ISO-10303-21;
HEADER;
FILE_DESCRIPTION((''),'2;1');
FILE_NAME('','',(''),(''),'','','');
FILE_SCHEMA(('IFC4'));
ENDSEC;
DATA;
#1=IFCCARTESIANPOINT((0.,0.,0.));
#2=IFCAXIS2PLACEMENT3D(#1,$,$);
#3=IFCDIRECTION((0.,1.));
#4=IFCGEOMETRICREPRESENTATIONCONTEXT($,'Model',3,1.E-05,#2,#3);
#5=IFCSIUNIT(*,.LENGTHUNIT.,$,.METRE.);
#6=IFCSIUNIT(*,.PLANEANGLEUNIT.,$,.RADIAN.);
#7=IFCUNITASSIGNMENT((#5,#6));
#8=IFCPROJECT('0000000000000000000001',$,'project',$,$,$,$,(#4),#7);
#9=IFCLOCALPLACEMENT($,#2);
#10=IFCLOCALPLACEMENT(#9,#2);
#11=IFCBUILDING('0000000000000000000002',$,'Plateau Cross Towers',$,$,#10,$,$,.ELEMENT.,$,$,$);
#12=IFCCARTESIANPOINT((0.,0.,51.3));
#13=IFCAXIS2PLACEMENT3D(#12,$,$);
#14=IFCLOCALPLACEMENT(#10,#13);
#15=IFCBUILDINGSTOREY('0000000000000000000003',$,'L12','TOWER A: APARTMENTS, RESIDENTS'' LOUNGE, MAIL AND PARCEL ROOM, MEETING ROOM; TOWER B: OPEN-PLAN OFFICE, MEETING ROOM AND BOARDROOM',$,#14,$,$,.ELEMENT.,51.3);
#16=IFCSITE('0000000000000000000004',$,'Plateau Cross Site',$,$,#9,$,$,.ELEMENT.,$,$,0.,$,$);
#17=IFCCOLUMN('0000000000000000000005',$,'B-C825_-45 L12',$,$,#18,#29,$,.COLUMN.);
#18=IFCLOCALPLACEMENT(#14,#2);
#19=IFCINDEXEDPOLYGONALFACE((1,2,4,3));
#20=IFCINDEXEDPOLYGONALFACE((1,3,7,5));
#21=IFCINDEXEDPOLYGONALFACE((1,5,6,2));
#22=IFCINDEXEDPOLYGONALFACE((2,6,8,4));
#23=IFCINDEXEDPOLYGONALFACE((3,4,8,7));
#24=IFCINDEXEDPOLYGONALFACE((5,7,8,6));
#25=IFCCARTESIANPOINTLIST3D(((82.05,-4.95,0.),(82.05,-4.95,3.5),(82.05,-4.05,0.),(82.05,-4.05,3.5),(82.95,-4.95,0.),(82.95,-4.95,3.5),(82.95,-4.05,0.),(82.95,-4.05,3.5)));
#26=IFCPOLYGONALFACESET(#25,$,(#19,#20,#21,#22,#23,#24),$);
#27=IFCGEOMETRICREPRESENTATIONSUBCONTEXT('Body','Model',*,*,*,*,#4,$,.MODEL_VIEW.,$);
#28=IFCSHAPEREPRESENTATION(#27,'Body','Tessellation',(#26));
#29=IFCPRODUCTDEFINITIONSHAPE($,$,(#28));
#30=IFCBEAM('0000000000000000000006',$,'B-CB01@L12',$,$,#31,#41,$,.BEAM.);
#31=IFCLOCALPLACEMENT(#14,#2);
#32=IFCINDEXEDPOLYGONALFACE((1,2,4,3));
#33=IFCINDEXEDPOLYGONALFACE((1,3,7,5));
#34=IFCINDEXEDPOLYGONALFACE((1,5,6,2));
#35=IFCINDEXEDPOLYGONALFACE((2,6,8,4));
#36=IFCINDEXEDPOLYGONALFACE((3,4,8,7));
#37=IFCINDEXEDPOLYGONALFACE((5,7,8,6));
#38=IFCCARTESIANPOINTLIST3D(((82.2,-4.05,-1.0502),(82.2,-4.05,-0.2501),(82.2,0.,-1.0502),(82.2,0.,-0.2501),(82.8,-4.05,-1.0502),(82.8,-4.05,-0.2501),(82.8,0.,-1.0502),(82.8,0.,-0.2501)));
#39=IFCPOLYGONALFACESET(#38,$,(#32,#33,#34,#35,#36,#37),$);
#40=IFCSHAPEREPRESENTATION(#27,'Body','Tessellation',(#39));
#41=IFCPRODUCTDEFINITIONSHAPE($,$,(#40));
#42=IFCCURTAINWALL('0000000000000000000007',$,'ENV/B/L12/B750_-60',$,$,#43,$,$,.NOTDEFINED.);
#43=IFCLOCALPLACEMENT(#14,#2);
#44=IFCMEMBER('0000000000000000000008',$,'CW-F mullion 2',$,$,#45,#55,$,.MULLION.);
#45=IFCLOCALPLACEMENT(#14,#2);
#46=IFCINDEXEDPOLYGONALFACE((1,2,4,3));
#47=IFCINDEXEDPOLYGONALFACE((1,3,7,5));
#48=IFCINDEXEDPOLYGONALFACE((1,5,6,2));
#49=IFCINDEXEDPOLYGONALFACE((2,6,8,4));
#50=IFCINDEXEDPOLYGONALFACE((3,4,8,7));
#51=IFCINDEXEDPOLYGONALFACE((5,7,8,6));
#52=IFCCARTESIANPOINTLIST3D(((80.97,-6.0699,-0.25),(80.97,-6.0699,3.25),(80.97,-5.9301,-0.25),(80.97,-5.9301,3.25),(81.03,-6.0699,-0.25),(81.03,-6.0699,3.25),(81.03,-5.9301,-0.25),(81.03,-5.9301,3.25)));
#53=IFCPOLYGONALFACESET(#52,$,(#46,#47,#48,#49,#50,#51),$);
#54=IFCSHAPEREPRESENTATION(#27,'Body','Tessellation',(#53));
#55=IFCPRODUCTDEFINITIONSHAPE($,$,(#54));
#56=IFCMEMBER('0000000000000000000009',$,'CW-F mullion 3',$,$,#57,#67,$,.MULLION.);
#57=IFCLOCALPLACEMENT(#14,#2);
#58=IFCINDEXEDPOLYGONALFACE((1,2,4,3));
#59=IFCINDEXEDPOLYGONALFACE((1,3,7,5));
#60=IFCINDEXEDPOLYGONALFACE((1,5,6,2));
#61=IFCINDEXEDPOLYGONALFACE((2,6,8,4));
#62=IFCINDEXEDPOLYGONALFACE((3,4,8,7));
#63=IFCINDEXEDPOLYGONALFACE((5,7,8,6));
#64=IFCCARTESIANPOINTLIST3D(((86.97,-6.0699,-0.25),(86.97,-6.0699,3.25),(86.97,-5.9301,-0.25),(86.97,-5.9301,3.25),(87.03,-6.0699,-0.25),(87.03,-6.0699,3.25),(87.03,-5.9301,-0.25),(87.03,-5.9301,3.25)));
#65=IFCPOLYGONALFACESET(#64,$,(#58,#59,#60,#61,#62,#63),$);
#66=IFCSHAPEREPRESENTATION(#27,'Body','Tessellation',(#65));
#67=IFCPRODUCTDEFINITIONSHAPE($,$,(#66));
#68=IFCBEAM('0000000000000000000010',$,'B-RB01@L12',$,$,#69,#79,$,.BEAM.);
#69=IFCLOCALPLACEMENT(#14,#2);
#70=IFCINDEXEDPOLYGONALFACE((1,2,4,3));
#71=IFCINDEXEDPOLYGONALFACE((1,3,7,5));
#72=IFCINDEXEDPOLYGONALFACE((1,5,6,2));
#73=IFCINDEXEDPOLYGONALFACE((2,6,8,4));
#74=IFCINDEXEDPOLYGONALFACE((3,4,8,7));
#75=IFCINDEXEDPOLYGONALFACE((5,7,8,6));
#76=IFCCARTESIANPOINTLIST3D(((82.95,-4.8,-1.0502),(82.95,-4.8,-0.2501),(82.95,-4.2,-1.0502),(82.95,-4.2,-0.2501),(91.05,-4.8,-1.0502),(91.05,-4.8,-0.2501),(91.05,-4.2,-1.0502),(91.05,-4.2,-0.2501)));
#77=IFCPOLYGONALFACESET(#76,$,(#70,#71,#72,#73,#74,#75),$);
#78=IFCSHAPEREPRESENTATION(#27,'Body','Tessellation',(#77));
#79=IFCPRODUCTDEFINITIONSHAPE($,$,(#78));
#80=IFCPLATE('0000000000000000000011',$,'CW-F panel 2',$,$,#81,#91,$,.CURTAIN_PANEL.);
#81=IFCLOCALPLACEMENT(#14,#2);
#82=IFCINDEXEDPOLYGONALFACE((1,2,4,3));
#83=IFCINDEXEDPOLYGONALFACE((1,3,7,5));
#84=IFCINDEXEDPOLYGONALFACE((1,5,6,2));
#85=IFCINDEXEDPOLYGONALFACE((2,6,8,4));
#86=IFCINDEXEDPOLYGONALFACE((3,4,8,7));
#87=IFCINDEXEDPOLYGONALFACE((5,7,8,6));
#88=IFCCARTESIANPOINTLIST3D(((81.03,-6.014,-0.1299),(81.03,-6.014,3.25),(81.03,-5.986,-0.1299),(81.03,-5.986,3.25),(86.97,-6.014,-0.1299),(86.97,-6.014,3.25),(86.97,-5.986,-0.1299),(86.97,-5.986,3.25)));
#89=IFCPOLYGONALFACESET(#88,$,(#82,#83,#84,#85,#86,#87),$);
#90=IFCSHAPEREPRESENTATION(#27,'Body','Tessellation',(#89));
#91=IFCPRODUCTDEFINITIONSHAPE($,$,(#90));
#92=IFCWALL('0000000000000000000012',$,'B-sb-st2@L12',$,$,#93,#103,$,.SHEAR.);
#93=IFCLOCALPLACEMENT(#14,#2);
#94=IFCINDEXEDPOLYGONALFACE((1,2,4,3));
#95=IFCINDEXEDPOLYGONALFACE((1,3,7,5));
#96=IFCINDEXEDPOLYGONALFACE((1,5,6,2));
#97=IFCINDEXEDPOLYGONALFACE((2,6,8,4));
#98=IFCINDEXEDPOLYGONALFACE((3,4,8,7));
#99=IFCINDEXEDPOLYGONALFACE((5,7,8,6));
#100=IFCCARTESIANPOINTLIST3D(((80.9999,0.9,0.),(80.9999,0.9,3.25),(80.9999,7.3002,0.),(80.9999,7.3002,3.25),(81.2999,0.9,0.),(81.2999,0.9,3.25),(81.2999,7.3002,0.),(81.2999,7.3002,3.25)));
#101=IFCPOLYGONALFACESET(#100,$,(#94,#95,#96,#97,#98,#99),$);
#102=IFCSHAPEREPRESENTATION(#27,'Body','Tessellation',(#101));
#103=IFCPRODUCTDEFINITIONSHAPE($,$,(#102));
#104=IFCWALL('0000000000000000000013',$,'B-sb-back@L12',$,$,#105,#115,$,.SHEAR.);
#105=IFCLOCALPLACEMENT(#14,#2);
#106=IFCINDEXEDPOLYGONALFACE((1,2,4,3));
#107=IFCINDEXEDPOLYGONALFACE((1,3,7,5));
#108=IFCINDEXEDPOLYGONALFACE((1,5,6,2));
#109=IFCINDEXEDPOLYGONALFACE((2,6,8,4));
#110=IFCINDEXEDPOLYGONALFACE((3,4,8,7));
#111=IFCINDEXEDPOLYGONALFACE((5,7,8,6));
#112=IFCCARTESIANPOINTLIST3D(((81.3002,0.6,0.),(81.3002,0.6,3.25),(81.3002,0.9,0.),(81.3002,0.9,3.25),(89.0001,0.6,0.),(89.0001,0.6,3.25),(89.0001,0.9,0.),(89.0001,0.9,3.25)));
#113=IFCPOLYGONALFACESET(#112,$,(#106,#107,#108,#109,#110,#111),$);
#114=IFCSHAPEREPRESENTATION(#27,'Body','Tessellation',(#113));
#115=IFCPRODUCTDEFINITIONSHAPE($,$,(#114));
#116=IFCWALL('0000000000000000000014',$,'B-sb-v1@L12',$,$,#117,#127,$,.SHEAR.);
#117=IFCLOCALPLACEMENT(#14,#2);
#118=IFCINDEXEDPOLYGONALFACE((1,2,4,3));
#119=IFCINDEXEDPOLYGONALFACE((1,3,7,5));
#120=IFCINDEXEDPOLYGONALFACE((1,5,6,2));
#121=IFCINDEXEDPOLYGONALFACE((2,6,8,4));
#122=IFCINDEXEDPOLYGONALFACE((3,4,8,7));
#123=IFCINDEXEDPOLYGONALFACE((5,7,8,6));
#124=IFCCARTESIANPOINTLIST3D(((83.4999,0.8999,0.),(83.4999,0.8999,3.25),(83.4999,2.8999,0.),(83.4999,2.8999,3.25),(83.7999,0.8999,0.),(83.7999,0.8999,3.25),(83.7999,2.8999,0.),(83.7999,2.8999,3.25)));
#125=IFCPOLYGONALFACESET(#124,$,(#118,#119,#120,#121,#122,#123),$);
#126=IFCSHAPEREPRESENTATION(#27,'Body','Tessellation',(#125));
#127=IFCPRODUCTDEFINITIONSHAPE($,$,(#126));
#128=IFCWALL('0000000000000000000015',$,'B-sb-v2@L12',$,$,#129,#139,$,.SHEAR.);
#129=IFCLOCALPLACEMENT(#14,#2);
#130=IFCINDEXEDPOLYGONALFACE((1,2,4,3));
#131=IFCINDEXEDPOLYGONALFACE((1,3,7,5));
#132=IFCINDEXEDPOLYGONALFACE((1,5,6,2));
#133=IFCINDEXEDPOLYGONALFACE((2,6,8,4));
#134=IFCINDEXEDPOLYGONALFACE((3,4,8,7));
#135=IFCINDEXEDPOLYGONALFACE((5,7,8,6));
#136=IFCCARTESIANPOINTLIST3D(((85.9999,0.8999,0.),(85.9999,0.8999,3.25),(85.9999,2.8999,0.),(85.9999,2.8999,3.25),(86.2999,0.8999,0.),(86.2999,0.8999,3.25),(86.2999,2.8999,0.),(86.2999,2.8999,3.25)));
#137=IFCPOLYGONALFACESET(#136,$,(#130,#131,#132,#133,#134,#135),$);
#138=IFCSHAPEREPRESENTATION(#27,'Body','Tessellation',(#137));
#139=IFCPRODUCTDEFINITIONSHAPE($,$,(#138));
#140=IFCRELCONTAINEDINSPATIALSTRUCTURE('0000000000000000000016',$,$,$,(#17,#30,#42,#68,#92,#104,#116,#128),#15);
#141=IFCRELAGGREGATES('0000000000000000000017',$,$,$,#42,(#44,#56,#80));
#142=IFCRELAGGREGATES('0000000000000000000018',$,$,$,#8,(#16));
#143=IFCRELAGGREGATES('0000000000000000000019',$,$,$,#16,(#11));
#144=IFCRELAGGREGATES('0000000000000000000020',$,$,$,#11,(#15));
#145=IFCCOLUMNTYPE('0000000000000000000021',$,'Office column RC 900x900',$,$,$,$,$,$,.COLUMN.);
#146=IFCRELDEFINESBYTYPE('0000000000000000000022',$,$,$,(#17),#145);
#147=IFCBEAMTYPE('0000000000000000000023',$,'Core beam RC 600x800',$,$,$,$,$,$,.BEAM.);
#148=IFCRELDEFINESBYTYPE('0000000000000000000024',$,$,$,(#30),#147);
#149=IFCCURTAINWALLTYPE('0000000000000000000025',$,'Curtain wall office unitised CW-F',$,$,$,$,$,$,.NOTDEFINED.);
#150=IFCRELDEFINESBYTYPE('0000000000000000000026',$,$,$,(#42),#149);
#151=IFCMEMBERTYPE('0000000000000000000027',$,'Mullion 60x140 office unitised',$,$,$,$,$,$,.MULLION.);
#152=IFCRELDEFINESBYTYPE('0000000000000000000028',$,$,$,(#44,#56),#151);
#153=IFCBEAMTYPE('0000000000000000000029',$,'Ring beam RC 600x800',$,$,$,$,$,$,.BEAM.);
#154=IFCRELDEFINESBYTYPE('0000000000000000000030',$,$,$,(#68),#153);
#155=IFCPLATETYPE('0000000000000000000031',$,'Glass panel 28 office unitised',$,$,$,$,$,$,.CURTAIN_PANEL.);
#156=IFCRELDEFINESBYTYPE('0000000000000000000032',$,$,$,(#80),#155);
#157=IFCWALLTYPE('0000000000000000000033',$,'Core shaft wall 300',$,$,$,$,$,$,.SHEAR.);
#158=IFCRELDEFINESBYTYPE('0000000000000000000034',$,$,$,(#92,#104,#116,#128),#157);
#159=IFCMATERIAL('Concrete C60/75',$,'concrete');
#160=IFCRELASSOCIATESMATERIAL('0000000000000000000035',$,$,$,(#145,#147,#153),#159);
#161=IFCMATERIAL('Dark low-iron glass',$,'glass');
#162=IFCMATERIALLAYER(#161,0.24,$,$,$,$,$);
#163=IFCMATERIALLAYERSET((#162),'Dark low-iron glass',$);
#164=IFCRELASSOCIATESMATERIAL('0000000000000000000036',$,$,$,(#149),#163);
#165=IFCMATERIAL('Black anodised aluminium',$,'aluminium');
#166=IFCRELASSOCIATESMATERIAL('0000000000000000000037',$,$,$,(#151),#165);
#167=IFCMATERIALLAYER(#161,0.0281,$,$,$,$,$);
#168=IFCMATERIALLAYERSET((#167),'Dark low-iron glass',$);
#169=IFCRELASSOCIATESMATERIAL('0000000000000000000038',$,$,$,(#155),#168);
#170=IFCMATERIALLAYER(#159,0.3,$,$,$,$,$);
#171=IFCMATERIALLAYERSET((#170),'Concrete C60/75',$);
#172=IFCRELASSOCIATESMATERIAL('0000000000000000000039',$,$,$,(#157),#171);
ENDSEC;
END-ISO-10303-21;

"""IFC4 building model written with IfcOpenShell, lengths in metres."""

from ifc_helpers import new_model, si_unit, direction, frame, frame_2d, origin, origin_2d, place, context, subcontext, project, spatial, rectangle, extrude, material, layer, layer_set, material_profile, profile_set, type_object, element, aggregate, save


model = new_model("IFC4")

# Units and contexts
model_context = context("Model", 3, precision=1e-05, world=origin(), true_north=direction((0.0, 1.0)))
body_context = subcontext(model_context, "Body", "Model", "MODEL_VIEW")
ifc_project = project(units=[si_unit("LENGTHUNIT", "METRE"), si_unit("PLANEANGLEUNIT", "RADIAN")], contexts=[model_context])

# Site, building, storey
site_placement = place(None, origin())
site = spatial("IfcSite", under=ifc_project, at=site_placement, Name="Plateau Cross Site", CompositionType="ELEMENT", RefElevation=0.0)
building_placement = place(site_placement, origin())
building = spatial("IfcBuilding", under=site, at=building_placement, Name="Plateau Cross Towers", CompositionType="ELEMENT")
storey_placement = place(building_placement, frame((0.0, 0.0, 51.3)))
storey = spatial("IfcBuildingStorey", under=building, at=storey_placement, Name="L12", Description="TOWER A: APARTMENTS, RESIDENTS' LOUNGE, MAIL AND PARCEL ROOM, MEETING ROOM; TOWER B: OPEN-PLAN OFFICE, MEETING ROOM AND BOARDROOM", CompositionType="ELEMENT", Elevation=51.3)

# Column
ifc_material_1 = material(Name="Concrete C60/75", Category="concrete")
ifc_material_profile_1 = material_profile(ifc_material_1, rectangle(XDim=0.8999, YDim=0.8999, at=origin_2d()), Name="RC 900x900")
ifc_profile_set_1 = profile_set([ifc_material_profile_1], Name="Concrete C60/75")
column_type = type_object("IfcColumnType", Name="Office column RC 900x900", PredefinedType="COLUMN", material=ifc_profile_set_1)
column_placement = place(storey_placement, frame((82.5, -4.5, 0.0), z_axis=(0.0, 0.0, 1.0), x_axis=(1.0, 0.0, 0.0)))
element("IfcColumn", 1, at=column_placement, inside=storey, type_object=column_type, Name="B-C825_-45 L12", PredefinedType="COLUMN", context=body_context, shape_type="SweptSolid", body=[
    extrude(rectangle(XDim=0.8999, YDim=0.8999, at=origin_2d()), origin(), (0.0, 0.0, 1.0), 3.5),
])

# Beam
ifc_material_profile_2 = material_profile(ifc_material_1, rectangle(XDim=0.6001, YDim=0.8, at=origin_2d()), Name="RC 600x800")
ifc_profile_set_2 = profile_set([ifc_material_profile_2], Name="Concrete C60/75")
beam_type_1 = type_object("IfcBeamType", Name="Core beam RC 600x800", PredefinedType="BEAM", material=ifc_profile_set_2)
beam_1_placement = place(storey_placement, frame((82.5, 0.0, -0.6501), z_axis=(0.0, -1.0, 0.0), x_axis=(1.0, 0.0, 0.0)))
element("IfcBeam", 2, at=beam_1_placement, inside=storey, type_object=beam_type_1, Name="B-CB01@L12", PredefinedType="BEAM", context=body_context, shape_type="SweptSolid", body=[
    extrude(rectangle(XDim=0.6001, YDim=0.8, at=origin_2d()), origin(), (0.0, 0.0, 1.0), 4.05),
])

# Curtain wall, members
ifc_material_2 = material(Name="Dark low-iron glass", Category="glass")
ifc_layer_1 = layer(ifc_material_2, 0.24)
ifc_layer_set_1 = layer_set([ifc_layer_1], Name="Dark low-iron glass")
curtain_wall_type = type_object("IfcCurtainWallType", Name="Curtain wall office unitised CW-F", PredefinedType="NOTDEFINED", material=ifc_layer_set_1)
curtain_wall_placement = place(storey_placement, origin())
curtain_wall = element("IfcCurtainWall", 3, at=curtain_wall_placement, inside=storey, type_object=curtain_wall_type, Name="ENV/B/L12/B750_-60", PredefinedType="NOTDEFINED")
ifc_material_3 = material(Name="Black anodised aluminium", Category="aluminium")
ifc_material_profile_3 = material_profile(ifc_material_3, rectangle(XDim=0.0601, YDim=0.1399, at=origin_2d()), Name="MULLION 60x140")
ifc_profile_set_3 = profile_set([ifc_material_profile_3], Name="Black anodised aluminium")
member_type = type_object("IfcMemberType", Name="Mullion 60x140 office unitised", PredefinedType="MULLION", material=ifc_profile_set_3)
member_1_placement = place(storey_placement, frame((81.0, -6.0, -0.25), z_axis=(0.0, 0.0, 1.0), x_axis=(1.0, 0.0, 0.0)))
member_1 = element("IfcMember", 4, at=member_1_placement, type_object=member_type, Name="CW-F mullion 2", PredefinedType="MULLION", context=body_context, shape_type="SweptSolid", body=[
    extrude(rectangle(XDim=0.0601, YDim=0.1399, at=origin_2d()), origin(), (0.0, 0.0, 1.0), 3.5),
])
member_2_placement = place(storey_placement, frame((87.0, -6.0, -0.25), z_axis=(0.0, 0.0, 1.0), x_axis=(1.0, 0.0, 0.0)))
member_2 = element("IfcMember", 5, at=member_2_placement, type_object=member_type, Name="CW-F mullion 3", PredefinedType="MULLION", context=body_context, shape_type="SweptSolid", body=[
    extrude(rectangle(XDim=0.0601, YDim=0.1399, at=origin_2d()), origin(), (0.0, 0.0, 1.0), 3.5),
])

# Beam
ifc_material_profile_4 = material_profile(ifc_material_1, rectangle(XDim=0.6001, YDim=0.8, at=origin_2d()), Name="RC 600x800")
ifc_profile_set_4 = profile_set([ifc_material_profile_4], Name="Concrete C60/75")
beam_type_2 = type_object("IfcBeamType", Name="Ring beam RC 600x800", PredefinedType="BEAM", material=ifc_profile_set_4)
beam_2_placement = place(storey_placement, frame((82.95, -4.5, -0.6501), z_axis=(1.0, 0.0, 0.0), x_axis=(0.0, 1.0, 0.0)))
element("IfcBeam", 6, at=beam_2_placement, inside=storey, type_object=beam_type_2, Name="B-RB01@L12", PredefinedType="BEAM", context=body_context, shape_type="SweptSolid", body=[
    extrude(rectangle(XDim=0.6001, YDim=0.8, at=origin_2d()), origin(), (0.0, 0.0, 1.0), 8.1001),
])

# Plate
ifc_layer_2 = layer(ifc_material_2, 0.0281)
ifc_layer_set_2 = layer_set([ifc_layer_2], Name="Dark low-iron glass")
plate_type = type_object("IfcPlateType", Name="Glass panel 28 office unitised", PredefinedType="CURTAIN_PANEL", material=ifc_layer_set_2)
plate_placement = place(storey_placement, frame((84.0, -6.0, -0.1299), z_axis=(0.0, 0.0, 1.0), x_axis=(1.0, 0.0, 0.0)))
plate = element("IfcPlate", 7, at=plate_placement, type_object=plate_type, Name="CW-F panel 2", PredefinedType="CURTAIN_PANEL", context=body_context, shape_type="SweptSolid", body=[
    extrude(rectangle(XDim=5.9399, YDim=0.0281, at=origin_2d()), origin(), (0.0, 0.0, 1.0), 3.3799),
])
aggregate(curtain_wall, [member_1, member_2, plate])

# Walls
ifc_layer_3 = layer(ifc_material_1, 0.3)
ifc_layer_set_3 = layer_set([ifc_layer_3], Name="Concrete C60/75")
wall_type_1 = type_object("IfcWallType", Name="Core shaft wall 300", PredefinedType="SHEAR", material=ifc_layer_set_3)
wall_1_placement = place(storey_placement, frame((81.1499, 0.8999, 0.0), z_axis=(0.0, 0.0, 1.0), x_axis=(0.0, 1.0, 0.0)))
element("IfcWall", 8, at=wall_1_placement, inside=storey, type_object=wall_type_1, Name="B-sb-st2@L12", PredefinedType="SHEAR", context=body_context, shape_type="SweptSolid", body=[
    extrude(rectangle(XDim=6.4001, YDim=0.3, at=frame_2d((3.2002, 0.0))), origin(), (0.0, 0.0, 1.0), 3.25),
])
wall_2_placement = place(storey_placement, frame((81.3, 0.75, 0.0), z_axis=(0.0, 0.0, 1.0), x_axis=(1.0, 0.0, 0.0)))
element("IfcWall", 9, at=wall_2_placement, inside=storey, type_object=wall_type_1, Name="B-sb-back@L12", PredefinedType="SHEAR", context=body_context, shape_type="SweptSolid", body=[
    extrude(rectangle(XDim=7.7, YDim=0.3, at=frame_2d((3.8501, 0.0))), origin(), (0.0, 0.0, 1.0), 3.25),
])
for number, where, z_axis, x_axis, name in (
    (10, (83.6499, 0.8999, 0.0), (0.0, 0.0, 1.0), (0.0, 1.0, 0.0), "B-sb-v1@L12"),
    (11, (86.1499, 0.8999, 0.0), (0.0, 0.0, 1.0), (0.0, 1.0, 0.0), "B-sb-v2@L12"),
):
    element("IfcWall", number, at=place(storey_placement, frame(where, z_axis=z_axis, x_axis=x_axis)), inside=storey, type_object=wall_type_1, Name=name, PredefinedType="SHEAR", context=body_context, shape_type="SweptSolid", body=[
        extrude(rectangle(XDim=2.0, YDim=0.3, at=frame_2d((1.0, 0.0))), origin(), (0.0, 0.0, 1.0), 3.25),
    ])

save(model, "model.ifc")
